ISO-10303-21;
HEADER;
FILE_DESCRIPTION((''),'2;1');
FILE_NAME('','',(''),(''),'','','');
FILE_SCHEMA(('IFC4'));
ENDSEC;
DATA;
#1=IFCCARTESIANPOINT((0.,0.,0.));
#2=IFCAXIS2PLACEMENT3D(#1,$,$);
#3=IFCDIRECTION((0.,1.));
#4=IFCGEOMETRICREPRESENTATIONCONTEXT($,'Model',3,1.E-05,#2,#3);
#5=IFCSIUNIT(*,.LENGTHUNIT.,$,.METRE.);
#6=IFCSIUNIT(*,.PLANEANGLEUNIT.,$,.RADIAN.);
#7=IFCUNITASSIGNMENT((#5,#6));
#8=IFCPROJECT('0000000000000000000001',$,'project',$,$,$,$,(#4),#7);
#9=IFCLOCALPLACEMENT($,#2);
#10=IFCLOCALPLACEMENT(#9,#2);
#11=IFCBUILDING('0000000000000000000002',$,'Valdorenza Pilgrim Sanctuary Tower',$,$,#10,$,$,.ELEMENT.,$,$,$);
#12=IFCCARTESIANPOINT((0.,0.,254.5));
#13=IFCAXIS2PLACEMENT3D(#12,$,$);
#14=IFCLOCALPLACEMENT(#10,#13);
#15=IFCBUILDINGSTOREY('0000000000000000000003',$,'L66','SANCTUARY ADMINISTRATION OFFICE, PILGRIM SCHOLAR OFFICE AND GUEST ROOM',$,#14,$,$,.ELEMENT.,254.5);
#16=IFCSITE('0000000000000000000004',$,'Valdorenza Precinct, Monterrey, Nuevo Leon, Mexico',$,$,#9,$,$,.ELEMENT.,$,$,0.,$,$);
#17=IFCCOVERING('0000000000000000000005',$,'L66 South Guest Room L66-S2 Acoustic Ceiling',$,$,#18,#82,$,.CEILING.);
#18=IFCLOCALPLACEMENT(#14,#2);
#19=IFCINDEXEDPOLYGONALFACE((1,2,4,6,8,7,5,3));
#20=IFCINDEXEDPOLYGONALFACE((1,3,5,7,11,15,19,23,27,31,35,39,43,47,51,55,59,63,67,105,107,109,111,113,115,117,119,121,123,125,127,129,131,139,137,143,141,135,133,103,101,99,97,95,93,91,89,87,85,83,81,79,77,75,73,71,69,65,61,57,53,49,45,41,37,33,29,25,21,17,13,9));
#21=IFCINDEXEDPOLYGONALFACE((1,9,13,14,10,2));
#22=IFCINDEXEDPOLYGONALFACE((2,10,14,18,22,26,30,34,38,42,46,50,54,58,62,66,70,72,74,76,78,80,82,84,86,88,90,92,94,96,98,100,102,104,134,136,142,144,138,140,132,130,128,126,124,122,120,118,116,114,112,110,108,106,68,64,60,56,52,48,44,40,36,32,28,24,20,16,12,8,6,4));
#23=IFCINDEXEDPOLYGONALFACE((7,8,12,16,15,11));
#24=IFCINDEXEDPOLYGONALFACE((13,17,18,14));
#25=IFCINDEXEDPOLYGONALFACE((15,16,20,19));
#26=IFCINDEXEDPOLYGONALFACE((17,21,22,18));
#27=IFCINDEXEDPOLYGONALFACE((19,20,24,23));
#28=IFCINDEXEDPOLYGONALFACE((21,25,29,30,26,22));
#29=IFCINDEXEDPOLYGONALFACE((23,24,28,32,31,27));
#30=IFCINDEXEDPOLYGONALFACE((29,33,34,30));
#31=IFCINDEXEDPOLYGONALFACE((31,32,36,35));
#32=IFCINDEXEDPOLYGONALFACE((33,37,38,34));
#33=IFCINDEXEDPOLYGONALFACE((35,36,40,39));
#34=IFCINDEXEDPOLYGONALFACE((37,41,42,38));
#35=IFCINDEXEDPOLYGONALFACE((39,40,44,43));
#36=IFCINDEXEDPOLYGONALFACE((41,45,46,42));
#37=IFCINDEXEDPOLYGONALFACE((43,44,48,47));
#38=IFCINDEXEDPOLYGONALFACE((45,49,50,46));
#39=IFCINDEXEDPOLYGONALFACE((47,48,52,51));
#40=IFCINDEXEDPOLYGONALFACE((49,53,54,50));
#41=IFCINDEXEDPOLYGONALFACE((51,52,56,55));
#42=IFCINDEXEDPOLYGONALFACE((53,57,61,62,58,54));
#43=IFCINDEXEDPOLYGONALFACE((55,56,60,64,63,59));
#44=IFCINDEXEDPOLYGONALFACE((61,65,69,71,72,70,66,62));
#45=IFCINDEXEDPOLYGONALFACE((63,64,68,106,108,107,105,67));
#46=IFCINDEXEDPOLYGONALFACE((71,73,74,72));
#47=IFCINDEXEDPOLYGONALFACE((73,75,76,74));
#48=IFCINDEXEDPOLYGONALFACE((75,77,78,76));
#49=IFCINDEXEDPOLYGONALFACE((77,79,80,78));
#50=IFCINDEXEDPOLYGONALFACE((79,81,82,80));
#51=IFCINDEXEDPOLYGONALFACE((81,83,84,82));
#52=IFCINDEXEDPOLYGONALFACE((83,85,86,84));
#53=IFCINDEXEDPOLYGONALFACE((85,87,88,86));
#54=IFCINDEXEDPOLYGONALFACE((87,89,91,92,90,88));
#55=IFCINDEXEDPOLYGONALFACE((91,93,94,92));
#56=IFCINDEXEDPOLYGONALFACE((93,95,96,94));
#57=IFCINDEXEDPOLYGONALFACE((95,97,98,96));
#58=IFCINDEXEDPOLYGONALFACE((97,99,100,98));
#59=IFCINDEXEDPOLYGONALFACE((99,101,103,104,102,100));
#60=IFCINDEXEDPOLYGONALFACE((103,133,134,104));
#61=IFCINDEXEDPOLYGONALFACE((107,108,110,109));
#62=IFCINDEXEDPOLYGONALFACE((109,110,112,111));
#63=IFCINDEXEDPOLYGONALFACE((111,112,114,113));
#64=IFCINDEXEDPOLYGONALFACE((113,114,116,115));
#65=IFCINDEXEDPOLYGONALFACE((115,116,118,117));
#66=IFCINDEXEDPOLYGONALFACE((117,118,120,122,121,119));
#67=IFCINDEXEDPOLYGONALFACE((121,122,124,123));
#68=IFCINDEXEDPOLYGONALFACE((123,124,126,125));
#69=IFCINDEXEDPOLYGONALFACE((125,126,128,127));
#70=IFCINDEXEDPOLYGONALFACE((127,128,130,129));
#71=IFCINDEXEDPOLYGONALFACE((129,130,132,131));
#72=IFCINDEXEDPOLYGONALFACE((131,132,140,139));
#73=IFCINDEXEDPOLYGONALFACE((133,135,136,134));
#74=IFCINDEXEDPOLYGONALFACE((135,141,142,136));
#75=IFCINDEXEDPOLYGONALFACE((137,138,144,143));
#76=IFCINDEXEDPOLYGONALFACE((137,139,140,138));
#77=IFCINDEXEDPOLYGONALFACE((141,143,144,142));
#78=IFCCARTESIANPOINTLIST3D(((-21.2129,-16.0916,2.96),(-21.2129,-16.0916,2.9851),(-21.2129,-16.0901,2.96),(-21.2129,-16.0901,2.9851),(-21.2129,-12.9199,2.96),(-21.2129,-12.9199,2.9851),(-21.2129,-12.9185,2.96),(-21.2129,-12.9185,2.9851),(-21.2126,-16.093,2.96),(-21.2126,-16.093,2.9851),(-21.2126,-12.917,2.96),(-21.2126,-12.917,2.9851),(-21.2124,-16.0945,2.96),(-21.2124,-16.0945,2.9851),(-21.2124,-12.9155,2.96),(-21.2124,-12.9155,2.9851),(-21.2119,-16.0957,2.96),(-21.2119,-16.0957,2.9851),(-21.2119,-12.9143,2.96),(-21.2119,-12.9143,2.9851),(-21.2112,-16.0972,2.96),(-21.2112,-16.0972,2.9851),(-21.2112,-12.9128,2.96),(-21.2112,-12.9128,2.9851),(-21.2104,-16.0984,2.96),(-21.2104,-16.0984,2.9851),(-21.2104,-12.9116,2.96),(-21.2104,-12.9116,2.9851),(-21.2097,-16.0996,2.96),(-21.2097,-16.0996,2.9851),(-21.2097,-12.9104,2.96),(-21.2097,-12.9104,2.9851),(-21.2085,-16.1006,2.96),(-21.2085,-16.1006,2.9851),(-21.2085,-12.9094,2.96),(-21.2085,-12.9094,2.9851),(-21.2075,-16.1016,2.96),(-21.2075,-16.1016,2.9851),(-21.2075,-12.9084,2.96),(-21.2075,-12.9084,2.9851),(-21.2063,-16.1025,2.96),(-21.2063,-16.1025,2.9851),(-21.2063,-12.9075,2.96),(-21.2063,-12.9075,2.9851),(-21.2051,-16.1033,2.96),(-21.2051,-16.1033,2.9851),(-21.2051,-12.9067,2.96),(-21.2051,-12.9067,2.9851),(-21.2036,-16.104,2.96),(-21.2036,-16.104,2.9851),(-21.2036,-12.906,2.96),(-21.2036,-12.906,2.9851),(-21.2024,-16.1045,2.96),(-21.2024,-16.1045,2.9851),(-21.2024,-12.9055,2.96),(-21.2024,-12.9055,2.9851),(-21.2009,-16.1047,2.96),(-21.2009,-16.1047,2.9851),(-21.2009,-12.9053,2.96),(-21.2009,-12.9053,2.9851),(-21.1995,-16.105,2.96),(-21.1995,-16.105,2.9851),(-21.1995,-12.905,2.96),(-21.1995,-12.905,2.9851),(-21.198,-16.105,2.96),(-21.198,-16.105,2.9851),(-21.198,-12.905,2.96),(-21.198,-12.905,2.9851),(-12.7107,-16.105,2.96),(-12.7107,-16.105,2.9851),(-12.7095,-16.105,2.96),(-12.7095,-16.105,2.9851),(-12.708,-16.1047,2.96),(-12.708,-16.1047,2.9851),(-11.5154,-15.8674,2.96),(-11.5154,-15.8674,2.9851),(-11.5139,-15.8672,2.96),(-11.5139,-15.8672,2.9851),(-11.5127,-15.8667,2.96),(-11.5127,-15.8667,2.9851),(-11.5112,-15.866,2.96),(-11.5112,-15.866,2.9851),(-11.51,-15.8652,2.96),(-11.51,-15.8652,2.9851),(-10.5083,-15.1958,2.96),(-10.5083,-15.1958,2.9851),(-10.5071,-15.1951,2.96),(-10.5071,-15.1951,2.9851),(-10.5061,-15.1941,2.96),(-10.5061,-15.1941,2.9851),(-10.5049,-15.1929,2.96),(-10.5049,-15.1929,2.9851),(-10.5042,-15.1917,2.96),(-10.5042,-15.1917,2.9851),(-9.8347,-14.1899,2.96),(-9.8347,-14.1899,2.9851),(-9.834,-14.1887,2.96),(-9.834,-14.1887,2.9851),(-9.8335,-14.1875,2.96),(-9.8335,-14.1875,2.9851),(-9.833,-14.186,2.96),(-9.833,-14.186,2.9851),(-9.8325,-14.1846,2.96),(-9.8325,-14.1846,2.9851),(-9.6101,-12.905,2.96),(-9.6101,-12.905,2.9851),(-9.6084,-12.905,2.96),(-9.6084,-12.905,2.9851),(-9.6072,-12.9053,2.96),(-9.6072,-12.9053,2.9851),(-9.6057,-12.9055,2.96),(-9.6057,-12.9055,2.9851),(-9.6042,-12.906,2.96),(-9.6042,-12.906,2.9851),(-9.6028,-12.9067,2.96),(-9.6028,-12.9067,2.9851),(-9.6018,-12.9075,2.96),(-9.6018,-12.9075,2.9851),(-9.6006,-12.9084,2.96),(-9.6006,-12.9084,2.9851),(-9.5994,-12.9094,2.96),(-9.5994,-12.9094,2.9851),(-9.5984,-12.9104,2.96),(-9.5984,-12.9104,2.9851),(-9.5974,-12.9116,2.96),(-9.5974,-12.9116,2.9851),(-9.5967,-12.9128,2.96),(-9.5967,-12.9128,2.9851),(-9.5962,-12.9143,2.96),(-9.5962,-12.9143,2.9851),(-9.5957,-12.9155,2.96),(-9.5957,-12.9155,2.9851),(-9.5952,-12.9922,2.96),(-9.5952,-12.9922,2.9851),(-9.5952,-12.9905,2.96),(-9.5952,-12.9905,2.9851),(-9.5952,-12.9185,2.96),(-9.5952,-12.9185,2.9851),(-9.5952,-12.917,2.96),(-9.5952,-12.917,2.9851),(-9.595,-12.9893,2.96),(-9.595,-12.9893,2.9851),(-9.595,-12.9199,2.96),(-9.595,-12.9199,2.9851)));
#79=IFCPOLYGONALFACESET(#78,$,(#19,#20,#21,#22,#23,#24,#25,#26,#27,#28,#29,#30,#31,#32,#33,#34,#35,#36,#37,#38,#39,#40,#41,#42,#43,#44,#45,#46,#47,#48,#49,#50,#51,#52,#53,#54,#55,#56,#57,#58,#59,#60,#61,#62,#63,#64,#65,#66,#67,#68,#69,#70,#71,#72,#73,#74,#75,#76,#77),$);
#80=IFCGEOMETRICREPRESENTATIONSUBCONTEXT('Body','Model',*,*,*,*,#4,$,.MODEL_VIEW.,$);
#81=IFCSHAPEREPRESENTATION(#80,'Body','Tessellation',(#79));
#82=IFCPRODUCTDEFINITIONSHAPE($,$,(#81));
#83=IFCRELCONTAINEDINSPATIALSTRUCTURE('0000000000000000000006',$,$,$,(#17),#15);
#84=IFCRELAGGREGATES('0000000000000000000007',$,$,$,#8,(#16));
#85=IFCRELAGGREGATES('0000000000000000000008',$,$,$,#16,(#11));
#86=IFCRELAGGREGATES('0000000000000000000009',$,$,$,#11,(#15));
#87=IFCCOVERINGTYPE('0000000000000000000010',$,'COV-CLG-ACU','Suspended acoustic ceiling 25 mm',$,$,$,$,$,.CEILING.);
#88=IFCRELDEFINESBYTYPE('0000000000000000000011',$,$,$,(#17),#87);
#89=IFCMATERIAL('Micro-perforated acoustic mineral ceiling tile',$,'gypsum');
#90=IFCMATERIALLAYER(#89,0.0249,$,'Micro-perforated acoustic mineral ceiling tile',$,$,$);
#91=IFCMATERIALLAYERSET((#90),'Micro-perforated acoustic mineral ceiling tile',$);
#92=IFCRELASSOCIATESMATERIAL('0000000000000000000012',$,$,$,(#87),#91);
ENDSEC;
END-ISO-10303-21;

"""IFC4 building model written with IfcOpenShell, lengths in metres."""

from ifc_helpers import new_model, si_unit, direction, frame, origin, place, context, subcontext, project, spatial, polyline, outline, extrude, material, layer, layer_set, type_object, element, save


model = new_model("IFC4")

# Units and contexts
model_context = context("Model", 3, precision=1e-05, world=origin(), true_north=direction((0.0, 1.0)))
body_context = subcontext(model_context, "Body", "Model", "MODEL_VIEW")
ifc_project = project(units=[si_unit("LENGTHUNIT", "METRE"), si_unit("PLANEANGLEUNIT", "RADIAN")], contexts=[model_context])

# Site, building, storey
site_placement = place(None, origin())
site = spatial("IfcSite", under=ifc_project, at=site_placement, Name="Valdorenza Precinct, Monterrey, Nuevo Leon, Mexico", CompositionType="ELEMENT", RefElevation=0.0)
building_placement = place(site_placement, origin())
building = spatial("IfcBuilding", under=site, at=building_placement, Name="Valdorenza Pilgrim Sanctuary Tower", CompositionType="ELEMENT")
storey_placement = place(building_placement, frame((0.0, 0.0, 254.5)))
storey = spatial("IfcBuildingStorey", under=building, at=storey_placement, Name="L66", Description="SANCTUARY ADMINISTRATION OFFICE, PILGRIM SCHOLAR OFFICE AND GUEST ROOM", CompositionType="ELEMENT", Elevation=254.5)

# Covering
ifc_material_1 = material(Name="Micro-perforated acoustic mineral ceiling tile", Category="gypsum")
ifc_layer_1 = layer(ifc_material_1, 0.0249, Name="Micro-perforated acoustic mineral ceiling tile")
ifc_layer_set_1 = layer_set([ifc_layer_1], Name="Micro-perforated acoustic mineral ceiling tile")
covering_type_1 = type_object("IfcCoveringType", Name="COV-CLG-ACU", Description="Suspended acoustic ceiling 25 mm", PredefinedType="CEILING", material=ifc_layer_set_1)
covering_1_placement = place(storey_placement, frame((0.0, 0.0, 2.96)))
element("IfcCovering", 1, at=covering_1_placement, inside=storey, type_object=covering_type_1, Name="L66 South Guest Room L66-S2 Acoustic Ceiling", PredefinedType="CEILING", context=body_context, shape_type="SweptSolid", body=[
    extrude(outline(polyline([(-9.6101, -12.905), (-9.6084, -12.905), (-9.6072, -12.9053), (-9.6057, -12.9055), (-9.6042, -12.906), (-9.6028, -12.9067), (-9.6018, -12.9075), (-9.6006, -12.9084), (-9.5994, -12.9094), (-9.5984, -12.9104), (-9.5974, -12.9116), (-9.5967, -12.9128), (-9.5962, -12.9143), (-9.5957, -12.9155), (-9.5952, -12.917), (-9.5952, -12.9185), (-9.595, -12.9199), (-9.595, -12.9893), (-9.5952, -12.9905), (-9.5952, -12.9922), (-9.8325, -14.1846), (-9.833, -14.186), (-9.8335, -14.1875), (-9.834, -14.1887), (-9.8347, -14.1899), (-10.5042, -15.1917), (-10.5049, -15.1929), (-10.5061, -15.1941), (-10.5071, -15.1951), (-10.5083, -15.1958), (-11.51, -15.8652), (-11.5112, -15.866), (-11.5127, -15.8667), (-11.5139, -15.8672), (-11.5154, -15.8674), (-12.708, -16.1047), (-12.7095, -16.105), (-12.7107, -16.105), (-21.198, -16.105), (-21.1995, -16.105), (-21.2009, -16.1047), (-21.2024, -16.1045), (-21.2036, -16.104), (-21.2051, -16.1033), (-21.2063, -16.1025), (-21.2075, -16.1016), (-21.2085, -16.1006), (-21.2097, -16.0996), (-21.2104, -16.0984), (-21.2112, -16.0972), (-21.2119, -16.0957), (-21.2124, -16.0945), (-21.2126, -16.093), (-21.2129, -16.0916), (-21.2129, -16.0901), (-21.2129, -12.9199), (-21.2129, -12.9185), (-21.2126, -12.917), (-21.2124, -12.9155), (-21.2119, -12.9143), (-21.2112, -12.9128), (-21.2104, -12.9116), (-21.2097, -12.9104), (-21.2085, -12.9094), (-21.2075, -12.9084), (-21.2063, -12.9075), (-21.2051, -12.9067), (-21.2036, -12.906), (-21.2024, -12.9055), (-21.2009, -12.9053), (-21.1995, -12.905), (-21.198, -12.905), (-9.6101, -12.905)])), origin(), (0.0, 0.0, 1.0), 0.0251),
])

save(model, "model.ifc")
